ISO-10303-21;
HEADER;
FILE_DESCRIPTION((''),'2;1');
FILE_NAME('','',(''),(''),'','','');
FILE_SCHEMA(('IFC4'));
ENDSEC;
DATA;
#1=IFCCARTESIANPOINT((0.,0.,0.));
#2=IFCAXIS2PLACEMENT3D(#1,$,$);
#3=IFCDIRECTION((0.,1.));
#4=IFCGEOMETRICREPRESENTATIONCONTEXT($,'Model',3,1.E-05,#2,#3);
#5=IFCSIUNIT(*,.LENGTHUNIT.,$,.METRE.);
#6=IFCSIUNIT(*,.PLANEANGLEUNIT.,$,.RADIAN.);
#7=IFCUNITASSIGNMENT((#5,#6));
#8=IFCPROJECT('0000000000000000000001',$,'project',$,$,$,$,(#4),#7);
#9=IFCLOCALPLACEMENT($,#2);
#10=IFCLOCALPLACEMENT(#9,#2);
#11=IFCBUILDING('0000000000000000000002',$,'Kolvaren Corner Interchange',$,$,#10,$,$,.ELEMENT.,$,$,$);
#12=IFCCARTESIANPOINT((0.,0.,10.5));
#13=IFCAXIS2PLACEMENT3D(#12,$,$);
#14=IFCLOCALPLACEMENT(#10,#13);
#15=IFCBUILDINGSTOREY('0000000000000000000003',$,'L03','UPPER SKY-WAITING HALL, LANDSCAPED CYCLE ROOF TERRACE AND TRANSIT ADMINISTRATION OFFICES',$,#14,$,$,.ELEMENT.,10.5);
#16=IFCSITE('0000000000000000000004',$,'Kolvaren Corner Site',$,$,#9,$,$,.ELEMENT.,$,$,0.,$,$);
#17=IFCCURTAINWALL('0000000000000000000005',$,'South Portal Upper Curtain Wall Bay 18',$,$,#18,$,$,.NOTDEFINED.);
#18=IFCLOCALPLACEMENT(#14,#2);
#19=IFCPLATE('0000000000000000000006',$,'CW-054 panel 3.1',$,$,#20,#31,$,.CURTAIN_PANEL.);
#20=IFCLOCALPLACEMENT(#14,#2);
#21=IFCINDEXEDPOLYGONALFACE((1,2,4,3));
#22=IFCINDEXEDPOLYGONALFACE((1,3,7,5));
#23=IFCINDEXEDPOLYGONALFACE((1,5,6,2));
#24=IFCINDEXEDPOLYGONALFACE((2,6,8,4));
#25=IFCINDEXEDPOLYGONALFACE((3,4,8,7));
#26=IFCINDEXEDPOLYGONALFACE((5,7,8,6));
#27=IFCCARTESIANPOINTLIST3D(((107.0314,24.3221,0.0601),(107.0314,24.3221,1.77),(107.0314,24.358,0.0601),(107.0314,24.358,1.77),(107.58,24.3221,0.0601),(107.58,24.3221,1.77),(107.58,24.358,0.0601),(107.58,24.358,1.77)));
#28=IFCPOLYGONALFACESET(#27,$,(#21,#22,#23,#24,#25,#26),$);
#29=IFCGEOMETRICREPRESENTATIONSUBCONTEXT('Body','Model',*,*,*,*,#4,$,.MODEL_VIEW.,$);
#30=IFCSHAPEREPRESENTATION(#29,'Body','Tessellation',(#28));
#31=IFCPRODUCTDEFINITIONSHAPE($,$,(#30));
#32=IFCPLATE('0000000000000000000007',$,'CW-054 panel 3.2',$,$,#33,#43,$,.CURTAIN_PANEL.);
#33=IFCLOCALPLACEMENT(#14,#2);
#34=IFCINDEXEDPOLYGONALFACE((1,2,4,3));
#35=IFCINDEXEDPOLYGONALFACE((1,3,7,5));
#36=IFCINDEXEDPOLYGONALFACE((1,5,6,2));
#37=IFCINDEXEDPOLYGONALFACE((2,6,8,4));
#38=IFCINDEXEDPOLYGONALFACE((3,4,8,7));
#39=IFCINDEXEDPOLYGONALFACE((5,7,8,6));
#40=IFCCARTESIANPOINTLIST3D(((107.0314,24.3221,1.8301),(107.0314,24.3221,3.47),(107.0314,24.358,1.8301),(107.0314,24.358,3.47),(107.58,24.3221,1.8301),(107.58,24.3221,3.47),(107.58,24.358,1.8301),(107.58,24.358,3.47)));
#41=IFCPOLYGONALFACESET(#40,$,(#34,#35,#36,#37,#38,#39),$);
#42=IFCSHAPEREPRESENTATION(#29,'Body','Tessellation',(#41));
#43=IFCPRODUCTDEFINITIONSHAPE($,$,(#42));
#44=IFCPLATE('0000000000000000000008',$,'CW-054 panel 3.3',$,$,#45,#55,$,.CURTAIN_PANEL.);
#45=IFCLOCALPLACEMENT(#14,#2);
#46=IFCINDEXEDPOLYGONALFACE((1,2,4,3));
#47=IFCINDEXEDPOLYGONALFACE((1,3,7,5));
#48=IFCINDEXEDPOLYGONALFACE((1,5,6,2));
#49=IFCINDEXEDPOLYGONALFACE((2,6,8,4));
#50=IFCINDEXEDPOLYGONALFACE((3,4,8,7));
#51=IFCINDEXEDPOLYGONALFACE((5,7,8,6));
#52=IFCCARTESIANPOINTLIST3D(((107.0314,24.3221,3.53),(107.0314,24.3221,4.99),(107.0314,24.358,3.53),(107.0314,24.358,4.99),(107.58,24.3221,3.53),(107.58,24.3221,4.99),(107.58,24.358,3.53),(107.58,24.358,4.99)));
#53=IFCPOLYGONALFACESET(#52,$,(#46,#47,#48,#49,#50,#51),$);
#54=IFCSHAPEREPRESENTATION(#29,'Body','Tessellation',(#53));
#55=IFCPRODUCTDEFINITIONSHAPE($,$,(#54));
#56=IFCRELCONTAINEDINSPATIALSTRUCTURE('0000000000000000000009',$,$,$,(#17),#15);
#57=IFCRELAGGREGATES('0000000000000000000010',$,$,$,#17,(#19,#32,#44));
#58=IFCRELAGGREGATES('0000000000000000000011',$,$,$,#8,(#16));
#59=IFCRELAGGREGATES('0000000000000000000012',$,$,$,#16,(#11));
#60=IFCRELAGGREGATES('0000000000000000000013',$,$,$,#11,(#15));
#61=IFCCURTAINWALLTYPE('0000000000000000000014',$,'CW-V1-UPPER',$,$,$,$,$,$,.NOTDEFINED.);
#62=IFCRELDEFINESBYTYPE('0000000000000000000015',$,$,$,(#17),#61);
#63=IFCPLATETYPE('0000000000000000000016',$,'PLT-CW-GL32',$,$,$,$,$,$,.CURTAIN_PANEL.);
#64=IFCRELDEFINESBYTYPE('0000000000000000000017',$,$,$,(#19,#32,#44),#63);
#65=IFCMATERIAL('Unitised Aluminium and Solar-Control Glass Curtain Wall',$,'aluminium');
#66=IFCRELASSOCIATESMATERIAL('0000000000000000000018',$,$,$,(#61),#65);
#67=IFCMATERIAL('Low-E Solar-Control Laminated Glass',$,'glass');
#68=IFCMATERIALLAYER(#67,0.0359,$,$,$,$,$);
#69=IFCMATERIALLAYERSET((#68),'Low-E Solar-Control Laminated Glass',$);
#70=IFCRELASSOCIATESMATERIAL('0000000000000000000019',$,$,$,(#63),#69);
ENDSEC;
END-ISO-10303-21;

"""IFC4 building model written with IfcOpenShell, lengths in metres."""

from ifc_helpers import new_model, si_unit, direction, frame, origin, origin_2d, place, context, subcontext, project, spatial, rectangle, extrude, material, layer, layer_set, type_object, element, aggregate, save


model = new_model("IFC4")

# Units and contexts
model_context = context("Model", 3, precision=1e-05, world=origin(), true_north=direction((0.0, 1.0)))
body_context = subcontext(model_context, "Body", "Model", "MODEL_VIEW")
ifc_project = project(units=[si_unit("LENGTHUNIT", "METRE"), si_unit("PLANEANGLEUNIT", "RADIAN")], contexts=[model_context])

# Site, building, storey
site_placement = place(None, origin())
site = spatial("IfcSite", under=ifc_project, at=site_placement, Name="Kolvaren Corner Site", CompositionType="ELEMENT", RefElevation=0.0)
building_placement = place(site_placement, origin())
building = spatial("IfcBuilding", under=site, at=building_placement, Name="Kolvaren Corner Interchange", CompositionType="ELEMENT")
storey_placement = place(building_placement, frame((0.0, 0.0, 10.5)))
storey = spatial("IfcBuildingStorey", under=building, at=storey_placement, Name="L03", Description="UPPER SKY-WAITING HALL, LANDSCAPED CYCLE ROOF TERRACE AND TRANSIT ADMINISTRATION OFFICES", CompositionType="ELEMENT", Elevation=10.5)

# Curtain wall, plates
ifc_material_1 = material(Name="Unitised Aluminium and Solar-Control Glass Curtain Wall", Category="aluminium")
curtain_wall_type = type_object("IfcCurtainWallType", Name="CW-V1-UPPER", PredefinedType="NOTDEFINED", material=ifc_material_1)
curtain_wall_placement = place(storey_placement, origin())
curtain_wall = element("IfcCurtainWall", 1, at=curtain_wall_placement, inside=storey, type_object=curtain_wall_type, Name="South Portal Upper Curtain Wall Bay 18", PredefinedType="NOTDEFINED")
ifc_material_2 = material(Name="Low-E Solar-Control Laminated Glass", Category="glass")
ifc_layer = layer(ifc_material_2, 0.0359)
ifc_layer_set = layer_set([ifc_layer], Name="Low-E Solar-Control Laminated Glass")
plate_type = type_object("IfcPlateType", Name="PLT-CW-GL32", PredefinedType="CURTAIN_PANEL", material=ifc_layer_set)
plate_1_placement = place(storey_placement, frame((107.3057, 24.3401, 0.0601), z_axis=(0.0, 0.0, 1.0), x_axis=(1.0, 0.0, 0.0)))
plate_1 = element("IfcPlate", 2, at=plate_1_placement, type_object=plate_type, Name="CW-054 panel 3.1", PredefinedType="CURTAIN_PANEL", context=body_context, shape_type="SweptSolid", body=[
    extrude(rectangle(XDim=0.5486, YDim=0.0359, at=origin_2d()), origin(), (0.0, 0.0, 1.0), 1.71),
])
plate_2_placement = place(storey_placement, frame((107.3057, 24.3401, 1.8301), z_axis=(0.0, 0.0, 1.0), x_axis=(1.0, 0.0, 0.0)))
plate_2 = element("IfcPlate", 3, at=plate_2_placement, type_object=plate_type, Name="CW-054 panel 3.2", PredefinedType="CURTAIN_PANEL", context=body_context, shape_type="SweptSolid", body=[
    extrude(rectangle(XDim=0.5486, YDim=0.0359, at=origin_2d()), origin(), (0.0, 0.0, 1.0), 1.6399),
])
plate_3_placement = place(storey_placement, frame((107.3057, 24.3401, 3.53), z_axis=(0.0, 0.0, 1.0), x_axis=(1.0, 0.0, 0.0)))
plate_3 = element("IfcPlate", 4, at=plate_3_placement, type_object=plate_type, Name="CW-054 panel 3.3", PredefinedType="CURTAIN_PANEL", context=body_context, shape_type="SweptSolid", body=[
    extrude(rectangle(XDim=0.5486, YDim=0.0359, at=origin_2d()), origin(), (0.0, 0.0, 1.0), 1.46),
])
aggregate(curtain_wall, [plate_1, plate_2, plate_3])

save(model, "model.ifc")
